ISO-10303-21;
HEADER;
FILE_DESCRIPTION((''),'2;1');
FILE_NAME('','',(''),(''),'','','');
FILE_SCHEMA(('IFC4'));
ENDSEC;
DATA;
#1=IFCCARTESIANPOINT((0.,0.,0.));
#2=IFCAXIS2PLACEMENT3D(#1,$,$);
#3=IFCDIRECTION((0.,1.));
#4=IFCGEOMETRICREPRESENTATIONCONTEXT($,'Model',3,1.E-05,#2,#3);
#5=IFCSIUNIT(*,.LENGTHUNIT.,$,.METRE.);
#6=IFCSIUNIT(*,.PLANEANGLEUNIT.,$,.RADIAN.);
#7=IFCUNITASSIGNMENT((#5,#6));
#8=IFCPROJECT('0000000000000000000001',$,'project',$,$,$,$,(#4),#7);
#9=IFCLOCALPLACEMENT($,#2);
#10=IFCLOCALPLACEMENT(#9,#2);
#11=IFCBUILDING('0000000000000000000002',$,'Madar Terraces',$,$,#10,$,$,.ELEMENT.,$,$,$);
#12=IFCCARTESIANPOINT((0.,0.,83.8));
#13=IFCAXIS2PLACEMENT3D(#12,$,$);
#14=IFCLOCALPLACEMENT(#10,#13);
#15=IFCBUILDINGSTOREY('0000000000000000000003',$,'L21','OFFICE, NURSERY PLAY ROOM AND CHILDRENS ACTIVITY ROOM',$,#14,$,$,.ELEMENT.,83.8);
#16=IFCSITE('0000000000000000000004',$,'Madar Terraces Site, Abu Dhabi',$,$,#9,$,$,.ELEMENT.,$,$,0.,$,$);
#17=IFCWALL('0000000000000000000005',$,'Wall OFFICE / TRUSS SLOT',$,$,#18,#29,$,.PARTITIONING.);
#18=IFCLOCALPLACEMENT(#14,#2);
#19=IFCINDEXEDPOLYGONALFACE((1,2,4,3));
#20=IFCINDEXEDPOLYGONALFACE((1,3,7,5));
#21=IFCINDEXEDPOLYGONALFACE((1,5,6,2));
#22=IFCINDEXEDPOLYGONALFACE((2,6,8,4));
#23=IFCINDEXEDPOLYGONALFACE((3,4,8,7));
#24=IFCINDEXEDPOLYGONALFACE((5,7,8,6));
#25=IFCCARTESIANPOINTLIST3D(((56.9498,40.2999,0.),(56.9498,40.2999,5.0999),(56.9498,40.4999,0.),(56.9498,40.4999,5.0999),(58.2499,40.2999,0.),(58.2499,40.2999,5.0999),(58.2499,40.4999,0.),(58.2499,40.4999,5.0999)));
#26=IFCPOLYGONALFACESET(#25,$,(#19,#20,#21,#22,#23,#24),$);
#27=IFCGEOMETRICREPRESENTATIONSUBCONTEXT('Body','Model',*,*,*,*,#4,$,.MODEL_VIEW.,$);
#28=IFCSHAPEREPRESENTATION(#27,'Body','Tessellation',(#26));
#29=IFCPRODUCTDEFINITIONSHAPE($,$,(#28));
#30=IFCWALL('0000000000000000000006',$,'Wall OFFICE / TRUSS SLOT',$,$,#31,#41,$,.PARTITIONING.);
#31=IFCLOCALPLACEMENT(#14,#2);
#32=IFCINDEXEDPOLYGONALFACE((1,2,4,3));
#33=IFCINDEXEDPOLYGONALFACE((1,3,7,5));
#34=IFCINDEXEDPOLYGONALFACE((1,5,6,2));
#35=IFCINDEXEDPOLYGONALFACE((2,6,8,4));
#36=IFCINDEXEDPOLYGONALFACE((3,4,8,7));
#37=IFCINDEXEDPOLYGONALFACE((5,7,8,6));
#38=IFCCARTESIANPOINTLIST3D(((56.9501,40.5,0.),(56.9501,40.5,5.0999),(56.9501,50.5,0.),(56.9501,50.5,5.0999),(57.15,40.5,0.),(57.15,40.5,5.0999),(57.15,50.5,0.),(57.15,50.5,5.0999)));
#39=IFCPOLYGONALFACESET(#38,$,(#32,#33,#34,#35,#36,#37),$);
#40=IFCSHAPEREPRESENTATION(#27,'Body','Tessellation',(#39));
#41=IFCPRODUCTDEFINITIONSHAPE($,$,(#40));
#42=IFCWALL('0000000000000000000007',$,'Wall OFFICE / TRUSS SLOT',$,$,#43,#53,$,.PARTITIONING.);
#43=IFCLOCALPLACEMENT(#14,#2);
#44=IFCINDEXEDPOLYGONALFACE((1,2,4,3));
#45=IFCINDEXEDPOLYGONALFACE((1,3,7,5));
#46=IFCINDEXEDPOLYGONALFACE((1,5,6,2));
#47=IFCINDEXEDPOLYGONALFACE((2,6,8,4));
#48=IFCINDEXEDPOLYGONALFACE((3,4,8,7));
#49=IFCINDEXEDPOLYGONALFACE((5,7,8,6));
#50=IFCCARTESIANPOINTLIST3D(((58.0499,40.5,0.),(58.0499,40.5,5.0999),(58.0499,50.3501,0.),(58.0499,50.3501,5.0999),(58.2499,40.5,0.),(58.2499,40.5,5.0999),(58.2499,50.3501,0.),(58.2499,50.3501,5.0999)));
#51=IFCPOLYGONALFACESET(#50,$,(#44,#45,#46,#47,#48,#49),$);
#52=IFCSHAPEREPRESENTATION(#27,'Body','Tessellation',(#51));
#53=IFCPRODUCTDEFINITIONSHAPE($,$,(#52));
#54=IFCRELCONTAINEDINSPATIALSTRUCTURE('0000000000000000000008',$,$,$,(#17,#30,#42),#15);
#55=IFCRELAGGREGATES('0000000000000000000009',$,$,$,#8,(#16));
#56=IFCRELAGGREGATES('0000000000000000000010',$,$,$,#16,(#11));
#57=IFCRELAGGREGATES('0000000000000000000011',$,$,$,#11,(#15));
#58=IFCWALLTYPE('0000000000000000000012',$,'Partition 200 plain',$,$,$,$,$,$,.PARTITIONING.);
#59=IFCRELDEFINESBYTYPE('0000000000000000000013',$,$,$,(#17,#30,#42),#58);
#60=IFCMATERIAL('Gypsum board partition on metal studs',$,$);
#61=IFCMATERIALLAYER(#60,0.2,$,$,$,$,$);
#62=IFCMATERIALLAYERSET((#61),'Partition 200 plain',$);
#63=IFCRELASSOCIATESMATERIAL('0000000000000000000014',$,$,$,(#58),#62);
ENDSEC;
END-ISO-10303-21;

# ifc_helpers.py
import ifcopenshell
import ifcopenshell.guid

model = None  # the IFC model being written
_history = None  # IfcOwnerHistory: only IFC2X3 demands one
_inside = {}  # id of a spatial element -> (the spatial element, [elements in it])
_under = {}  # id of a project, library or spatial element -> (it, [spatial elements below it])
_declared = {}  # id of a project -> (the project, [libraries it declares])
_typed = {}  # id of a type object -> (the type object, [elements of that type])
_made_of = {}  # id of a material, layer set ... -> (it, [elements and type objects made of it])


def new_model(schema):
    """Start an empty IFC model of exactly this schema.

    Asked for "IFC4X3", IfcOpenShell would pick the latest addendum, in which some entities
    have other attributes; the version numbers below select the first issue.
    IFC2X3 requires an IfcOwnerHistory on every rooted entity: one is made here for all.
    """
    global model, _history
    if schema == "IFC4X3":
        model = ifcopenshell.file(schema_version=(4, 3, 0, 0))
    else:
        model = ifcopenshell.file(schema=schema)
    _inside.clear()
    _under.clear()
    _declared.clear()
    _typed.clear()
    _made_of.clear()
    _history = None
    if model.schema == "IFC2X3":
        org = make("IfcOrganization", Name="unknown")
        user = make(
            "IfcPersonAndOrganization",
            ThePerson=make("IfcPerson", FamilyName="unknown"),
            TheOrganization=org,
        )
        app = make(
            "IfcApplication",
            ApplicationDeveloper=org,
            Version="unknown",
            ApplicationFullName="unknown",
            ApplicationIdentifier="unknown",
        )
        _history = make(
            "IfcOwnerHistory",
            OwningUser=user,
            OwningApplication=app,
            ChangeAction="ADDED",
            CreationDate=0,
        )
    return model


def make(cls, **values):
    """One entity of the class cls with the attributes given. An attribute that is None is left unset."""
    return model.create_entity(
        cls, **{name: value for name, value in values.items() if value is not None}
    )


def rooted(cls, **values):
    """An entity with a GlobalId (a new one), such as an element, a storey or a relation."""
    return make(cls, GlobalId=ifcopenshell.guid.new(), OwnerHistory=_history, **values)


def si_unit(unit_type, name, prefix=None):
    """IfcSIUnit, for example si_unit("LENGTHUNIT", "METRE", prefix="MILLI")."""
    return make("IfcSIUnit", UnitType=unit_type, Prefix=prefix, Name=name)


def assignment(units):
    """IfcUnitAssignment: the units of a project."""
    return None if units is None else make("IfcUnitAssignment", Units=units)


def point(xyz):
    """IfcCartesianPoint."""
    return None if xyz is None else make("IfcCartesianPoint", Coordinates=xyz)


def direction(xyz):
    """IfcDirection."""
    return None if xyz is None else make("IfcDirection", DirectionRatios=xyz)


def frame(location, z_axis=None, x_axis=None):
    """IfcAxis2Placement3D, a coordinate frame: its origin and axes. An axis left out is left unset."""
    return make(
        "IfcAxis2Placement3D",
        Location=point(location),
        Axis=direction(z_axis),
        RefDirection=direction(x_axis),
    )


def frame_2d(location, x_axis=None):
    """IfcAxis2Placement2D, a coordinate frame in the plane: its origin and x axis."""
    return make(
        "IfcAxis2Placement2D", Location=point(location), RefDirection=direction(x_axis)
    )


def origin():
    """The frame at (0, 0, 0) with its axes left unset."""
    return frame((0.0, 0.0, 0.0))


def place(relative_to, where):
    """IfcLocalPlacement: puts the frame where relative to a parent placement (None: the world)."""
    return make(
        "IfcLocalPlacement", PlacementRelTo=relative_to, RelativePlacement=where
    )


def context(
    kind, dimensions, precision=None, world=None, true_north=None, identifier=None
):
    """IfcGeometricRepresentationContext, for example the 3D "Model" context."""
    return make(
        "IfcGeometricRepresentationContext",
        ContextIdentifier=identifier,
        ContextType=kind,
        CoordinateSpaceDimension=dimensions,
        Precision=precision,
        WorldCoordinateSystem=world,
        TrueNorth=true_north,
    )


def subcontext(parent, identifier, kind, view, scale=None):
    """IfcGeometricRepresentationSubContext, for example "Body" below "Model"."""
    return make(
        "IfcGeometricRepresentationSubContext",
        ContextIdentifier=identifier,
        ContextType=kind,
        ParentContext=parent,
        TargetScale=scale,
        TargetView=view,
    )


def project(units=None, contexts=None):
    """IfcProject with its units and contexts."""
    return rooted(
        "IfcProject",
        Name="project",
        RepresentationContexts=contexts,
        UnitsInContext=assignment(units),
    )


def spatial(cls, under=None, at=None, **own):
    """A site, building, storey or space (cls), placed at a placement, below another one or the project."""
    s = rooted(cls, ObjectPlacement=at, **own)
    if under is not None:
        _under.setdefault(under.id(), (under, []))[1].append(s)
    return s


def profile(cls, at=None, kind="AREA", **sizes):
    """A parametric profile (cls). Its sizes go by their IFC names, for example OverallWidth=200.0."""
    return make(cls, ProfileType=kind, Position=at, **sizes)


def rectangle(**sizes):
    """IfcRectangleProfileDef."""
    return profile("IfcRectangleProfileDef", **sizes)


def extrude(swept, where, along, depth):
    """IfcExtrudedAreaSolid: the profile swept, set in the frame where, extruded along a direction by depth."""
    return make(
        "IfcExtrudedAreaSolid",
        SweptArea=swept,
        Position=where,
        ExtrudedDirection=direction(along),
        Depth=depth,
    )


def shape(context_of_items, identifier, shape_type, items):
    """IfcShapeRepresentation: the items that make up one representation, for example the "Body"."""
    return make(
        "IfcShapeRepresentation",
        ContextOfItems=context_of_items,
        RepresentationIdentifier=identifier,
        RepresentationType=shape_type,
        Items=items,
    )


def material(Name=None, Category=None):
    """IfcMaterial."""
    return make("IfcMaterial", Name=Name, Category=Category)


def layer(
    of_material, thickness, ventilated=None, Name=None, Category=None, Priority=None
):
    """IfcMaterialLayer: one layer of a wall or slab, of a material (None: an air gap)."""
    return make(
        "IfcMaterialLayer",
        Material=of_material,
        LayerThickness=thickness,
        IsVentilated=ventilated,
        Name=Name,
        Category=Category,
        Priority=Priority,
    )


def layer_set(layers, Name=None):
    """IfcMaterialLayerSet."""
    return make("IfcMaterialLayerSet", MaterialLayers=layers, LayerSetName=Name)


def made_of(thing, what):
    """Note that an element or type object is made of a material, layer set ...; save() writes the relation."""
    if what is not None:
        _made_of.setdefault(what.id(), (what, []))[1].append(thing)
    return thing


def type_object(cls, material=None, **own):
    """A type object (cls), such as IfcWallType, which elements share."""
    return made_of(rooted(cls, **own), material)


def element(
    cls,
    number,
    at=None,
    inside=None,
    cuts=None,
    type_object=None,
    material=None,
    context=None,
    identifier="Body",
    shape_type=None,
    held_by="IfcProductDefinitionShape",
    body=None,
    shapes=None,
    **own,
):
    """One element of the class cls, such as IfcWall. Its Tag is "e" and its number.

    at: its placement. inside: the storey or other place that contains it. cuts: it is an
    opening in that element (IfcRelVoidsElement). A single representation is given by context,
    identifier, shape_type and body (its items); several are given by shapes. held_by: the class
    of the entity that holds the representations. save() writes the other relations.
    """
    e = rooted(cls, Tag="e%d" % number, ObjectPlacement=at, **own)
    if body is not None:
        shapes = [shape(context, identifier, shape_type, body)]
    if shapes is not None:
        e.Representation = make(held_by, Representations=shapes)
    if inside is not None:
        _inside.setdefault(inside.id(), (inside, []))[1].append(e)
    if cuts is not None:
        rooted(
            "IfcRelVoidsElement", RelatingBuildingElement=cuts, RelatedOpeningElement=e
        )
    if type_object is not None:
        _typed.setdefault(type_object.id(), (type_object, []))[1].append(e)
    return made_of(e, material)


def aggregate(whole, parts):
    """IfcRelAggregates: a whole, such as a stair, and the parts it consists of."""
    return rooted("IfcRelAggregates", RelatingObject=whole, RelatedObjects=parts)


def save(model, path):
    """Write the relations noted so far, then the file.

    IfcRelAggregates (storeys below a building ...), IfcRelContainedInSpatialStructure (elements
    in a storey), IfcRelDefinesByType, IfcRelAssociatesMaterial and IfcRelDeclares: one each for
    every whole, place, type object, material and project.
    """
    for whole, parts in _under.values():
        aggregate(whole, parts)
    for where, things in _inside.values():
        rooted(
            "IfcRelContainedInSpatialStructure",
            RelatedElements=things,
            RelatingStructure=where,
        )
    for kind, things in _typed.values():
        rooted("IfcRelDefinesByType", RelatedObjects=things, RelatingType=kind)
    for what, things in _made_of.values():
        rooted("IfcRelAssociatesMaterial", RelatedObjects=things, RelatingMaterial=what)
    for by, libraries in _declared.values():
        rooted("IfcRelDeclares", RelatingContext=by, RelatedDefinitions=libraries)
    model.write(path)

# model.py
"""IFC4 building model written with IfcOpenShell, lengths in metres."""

from ifc_helpers import new_model, si_unit, direction, frame, frame_2d, origin, place, context, subcontext, project, spatial, rectangle, extrude, material, layer, layer_set, type_object, element, save


model = new_model("IFC4")

# Units and contexts
model_context = context("Model", 3, precision=1e-05, world=origin(), true_north=direction((0.0, 1.0)))
body_context = subcontext(model_context, "Body", "Model", "MODEL_VIEW")
ifc_project = project(units=[si_unit("LENGTHUNIT", "METRE"), si_unit("PLANEANGLEUNIT", "RADIAN")], contexts=[model_context])

# Site, building, storey
site_placement = place(None, origin())
site = spatial("IfcSite", under=ifc_project, at=site_placement, Name="Madar Terraces Site, Abu Dhabi", CompositionType="ELEMENT", RefElevation=0.0)
building_placement = place(site_placement, origin())
building = spatial("IfcBuilding", under=site, at=building_placement, Name="Madar Terraces", CompositionType="ELEMENT")
storey_placement = place(building_placement, frame((0.0, 0.0, 83.8)))
storey = spatial("IfcBuildingStorey", under=building, at=storey_placement, Name="L21", Description="OFFICE, NURSERY PLAY ROOM AND CHILDRENS ACTIVITY ROOM", CompositionType="ELEMENT", Elevation=83.8)

# Walls
ifc_material_1 = material(Name="Gypsum board partition on metal studs")
ifc_layer_1 = layer(ifc_material_1, 0.2)
ifc_layer_set_1 = layer_set([ifc_layer_1], Name="Partition 200 plain")
wall_type = type_object("IfcWallType", Name="Partition 200 plain", PredefinedType="PARTITIONING", material=ifc_layer_set_1)
wall_1_placement = place(storey_placement, frame((56.95, 40.3999, 0.0), z_axis=(0.0, 0.0, 1.0), x_axis=(1.0, 0.0, 0.0)))
element("IfcWall", 1, at=wall_1_placement, inside=storey, type_object=wall_type, Name="Wall OFFICE / TRUSS SLOT", PredefinedType="PARTITIONING", context=body_context, shape_type="SweptSolid", body=[
    extrude(rectangle(XDim=1.3, YDim=0.2, at=frame_2d((0.6499, 0.0))), origin(), (0.0, 0.0, 1.0), 5.0999),
])
wall_2_placement = place(storey_placement, frame((57.05, 40.5, 0.0), z_axis=(0.0, 0.0, 1.0), x_axis=(0.0, 1.0, 0.0)))
element("IfcWall", 2, at=wall_2_placement, inside=storey, type_object=wall_type, Name="Wall OFFICE / TRUSS SLOT", PredefinedType="PARTITIONING", context=body_context, shape_type="SweptSolid", body=[
    extrude(rectangle(XDim=10.0, YDim=0.2, at=frame_2d((5.0, 0.0))), origin(), (0.0, 0.0, 1.0), 5.0999),
])
wall_3_placement = place(storey_placement, frame((58.1499, 40.5, 0.0), z_axis=(0.0, 0.0, 1.0), x_axis=(0.0, 1.0, 0.0)))
element("IfcWall", 3, at=wall_3_placement, inside=storey, type_object=wall_type, Name="Wall OFFICE / TRUSS SLOT", PredefinedType="PARTITIONING", context=body_context, shape_type="SweptSolid", body=[
    extrude(rectangle(XDim=9.8501, YDim=0.2, at=frame_2d((4.925, 0.0))), origin(), (0.0, 0.0, 1.0), 5.0999),
])

save(model, "model.ifc")
